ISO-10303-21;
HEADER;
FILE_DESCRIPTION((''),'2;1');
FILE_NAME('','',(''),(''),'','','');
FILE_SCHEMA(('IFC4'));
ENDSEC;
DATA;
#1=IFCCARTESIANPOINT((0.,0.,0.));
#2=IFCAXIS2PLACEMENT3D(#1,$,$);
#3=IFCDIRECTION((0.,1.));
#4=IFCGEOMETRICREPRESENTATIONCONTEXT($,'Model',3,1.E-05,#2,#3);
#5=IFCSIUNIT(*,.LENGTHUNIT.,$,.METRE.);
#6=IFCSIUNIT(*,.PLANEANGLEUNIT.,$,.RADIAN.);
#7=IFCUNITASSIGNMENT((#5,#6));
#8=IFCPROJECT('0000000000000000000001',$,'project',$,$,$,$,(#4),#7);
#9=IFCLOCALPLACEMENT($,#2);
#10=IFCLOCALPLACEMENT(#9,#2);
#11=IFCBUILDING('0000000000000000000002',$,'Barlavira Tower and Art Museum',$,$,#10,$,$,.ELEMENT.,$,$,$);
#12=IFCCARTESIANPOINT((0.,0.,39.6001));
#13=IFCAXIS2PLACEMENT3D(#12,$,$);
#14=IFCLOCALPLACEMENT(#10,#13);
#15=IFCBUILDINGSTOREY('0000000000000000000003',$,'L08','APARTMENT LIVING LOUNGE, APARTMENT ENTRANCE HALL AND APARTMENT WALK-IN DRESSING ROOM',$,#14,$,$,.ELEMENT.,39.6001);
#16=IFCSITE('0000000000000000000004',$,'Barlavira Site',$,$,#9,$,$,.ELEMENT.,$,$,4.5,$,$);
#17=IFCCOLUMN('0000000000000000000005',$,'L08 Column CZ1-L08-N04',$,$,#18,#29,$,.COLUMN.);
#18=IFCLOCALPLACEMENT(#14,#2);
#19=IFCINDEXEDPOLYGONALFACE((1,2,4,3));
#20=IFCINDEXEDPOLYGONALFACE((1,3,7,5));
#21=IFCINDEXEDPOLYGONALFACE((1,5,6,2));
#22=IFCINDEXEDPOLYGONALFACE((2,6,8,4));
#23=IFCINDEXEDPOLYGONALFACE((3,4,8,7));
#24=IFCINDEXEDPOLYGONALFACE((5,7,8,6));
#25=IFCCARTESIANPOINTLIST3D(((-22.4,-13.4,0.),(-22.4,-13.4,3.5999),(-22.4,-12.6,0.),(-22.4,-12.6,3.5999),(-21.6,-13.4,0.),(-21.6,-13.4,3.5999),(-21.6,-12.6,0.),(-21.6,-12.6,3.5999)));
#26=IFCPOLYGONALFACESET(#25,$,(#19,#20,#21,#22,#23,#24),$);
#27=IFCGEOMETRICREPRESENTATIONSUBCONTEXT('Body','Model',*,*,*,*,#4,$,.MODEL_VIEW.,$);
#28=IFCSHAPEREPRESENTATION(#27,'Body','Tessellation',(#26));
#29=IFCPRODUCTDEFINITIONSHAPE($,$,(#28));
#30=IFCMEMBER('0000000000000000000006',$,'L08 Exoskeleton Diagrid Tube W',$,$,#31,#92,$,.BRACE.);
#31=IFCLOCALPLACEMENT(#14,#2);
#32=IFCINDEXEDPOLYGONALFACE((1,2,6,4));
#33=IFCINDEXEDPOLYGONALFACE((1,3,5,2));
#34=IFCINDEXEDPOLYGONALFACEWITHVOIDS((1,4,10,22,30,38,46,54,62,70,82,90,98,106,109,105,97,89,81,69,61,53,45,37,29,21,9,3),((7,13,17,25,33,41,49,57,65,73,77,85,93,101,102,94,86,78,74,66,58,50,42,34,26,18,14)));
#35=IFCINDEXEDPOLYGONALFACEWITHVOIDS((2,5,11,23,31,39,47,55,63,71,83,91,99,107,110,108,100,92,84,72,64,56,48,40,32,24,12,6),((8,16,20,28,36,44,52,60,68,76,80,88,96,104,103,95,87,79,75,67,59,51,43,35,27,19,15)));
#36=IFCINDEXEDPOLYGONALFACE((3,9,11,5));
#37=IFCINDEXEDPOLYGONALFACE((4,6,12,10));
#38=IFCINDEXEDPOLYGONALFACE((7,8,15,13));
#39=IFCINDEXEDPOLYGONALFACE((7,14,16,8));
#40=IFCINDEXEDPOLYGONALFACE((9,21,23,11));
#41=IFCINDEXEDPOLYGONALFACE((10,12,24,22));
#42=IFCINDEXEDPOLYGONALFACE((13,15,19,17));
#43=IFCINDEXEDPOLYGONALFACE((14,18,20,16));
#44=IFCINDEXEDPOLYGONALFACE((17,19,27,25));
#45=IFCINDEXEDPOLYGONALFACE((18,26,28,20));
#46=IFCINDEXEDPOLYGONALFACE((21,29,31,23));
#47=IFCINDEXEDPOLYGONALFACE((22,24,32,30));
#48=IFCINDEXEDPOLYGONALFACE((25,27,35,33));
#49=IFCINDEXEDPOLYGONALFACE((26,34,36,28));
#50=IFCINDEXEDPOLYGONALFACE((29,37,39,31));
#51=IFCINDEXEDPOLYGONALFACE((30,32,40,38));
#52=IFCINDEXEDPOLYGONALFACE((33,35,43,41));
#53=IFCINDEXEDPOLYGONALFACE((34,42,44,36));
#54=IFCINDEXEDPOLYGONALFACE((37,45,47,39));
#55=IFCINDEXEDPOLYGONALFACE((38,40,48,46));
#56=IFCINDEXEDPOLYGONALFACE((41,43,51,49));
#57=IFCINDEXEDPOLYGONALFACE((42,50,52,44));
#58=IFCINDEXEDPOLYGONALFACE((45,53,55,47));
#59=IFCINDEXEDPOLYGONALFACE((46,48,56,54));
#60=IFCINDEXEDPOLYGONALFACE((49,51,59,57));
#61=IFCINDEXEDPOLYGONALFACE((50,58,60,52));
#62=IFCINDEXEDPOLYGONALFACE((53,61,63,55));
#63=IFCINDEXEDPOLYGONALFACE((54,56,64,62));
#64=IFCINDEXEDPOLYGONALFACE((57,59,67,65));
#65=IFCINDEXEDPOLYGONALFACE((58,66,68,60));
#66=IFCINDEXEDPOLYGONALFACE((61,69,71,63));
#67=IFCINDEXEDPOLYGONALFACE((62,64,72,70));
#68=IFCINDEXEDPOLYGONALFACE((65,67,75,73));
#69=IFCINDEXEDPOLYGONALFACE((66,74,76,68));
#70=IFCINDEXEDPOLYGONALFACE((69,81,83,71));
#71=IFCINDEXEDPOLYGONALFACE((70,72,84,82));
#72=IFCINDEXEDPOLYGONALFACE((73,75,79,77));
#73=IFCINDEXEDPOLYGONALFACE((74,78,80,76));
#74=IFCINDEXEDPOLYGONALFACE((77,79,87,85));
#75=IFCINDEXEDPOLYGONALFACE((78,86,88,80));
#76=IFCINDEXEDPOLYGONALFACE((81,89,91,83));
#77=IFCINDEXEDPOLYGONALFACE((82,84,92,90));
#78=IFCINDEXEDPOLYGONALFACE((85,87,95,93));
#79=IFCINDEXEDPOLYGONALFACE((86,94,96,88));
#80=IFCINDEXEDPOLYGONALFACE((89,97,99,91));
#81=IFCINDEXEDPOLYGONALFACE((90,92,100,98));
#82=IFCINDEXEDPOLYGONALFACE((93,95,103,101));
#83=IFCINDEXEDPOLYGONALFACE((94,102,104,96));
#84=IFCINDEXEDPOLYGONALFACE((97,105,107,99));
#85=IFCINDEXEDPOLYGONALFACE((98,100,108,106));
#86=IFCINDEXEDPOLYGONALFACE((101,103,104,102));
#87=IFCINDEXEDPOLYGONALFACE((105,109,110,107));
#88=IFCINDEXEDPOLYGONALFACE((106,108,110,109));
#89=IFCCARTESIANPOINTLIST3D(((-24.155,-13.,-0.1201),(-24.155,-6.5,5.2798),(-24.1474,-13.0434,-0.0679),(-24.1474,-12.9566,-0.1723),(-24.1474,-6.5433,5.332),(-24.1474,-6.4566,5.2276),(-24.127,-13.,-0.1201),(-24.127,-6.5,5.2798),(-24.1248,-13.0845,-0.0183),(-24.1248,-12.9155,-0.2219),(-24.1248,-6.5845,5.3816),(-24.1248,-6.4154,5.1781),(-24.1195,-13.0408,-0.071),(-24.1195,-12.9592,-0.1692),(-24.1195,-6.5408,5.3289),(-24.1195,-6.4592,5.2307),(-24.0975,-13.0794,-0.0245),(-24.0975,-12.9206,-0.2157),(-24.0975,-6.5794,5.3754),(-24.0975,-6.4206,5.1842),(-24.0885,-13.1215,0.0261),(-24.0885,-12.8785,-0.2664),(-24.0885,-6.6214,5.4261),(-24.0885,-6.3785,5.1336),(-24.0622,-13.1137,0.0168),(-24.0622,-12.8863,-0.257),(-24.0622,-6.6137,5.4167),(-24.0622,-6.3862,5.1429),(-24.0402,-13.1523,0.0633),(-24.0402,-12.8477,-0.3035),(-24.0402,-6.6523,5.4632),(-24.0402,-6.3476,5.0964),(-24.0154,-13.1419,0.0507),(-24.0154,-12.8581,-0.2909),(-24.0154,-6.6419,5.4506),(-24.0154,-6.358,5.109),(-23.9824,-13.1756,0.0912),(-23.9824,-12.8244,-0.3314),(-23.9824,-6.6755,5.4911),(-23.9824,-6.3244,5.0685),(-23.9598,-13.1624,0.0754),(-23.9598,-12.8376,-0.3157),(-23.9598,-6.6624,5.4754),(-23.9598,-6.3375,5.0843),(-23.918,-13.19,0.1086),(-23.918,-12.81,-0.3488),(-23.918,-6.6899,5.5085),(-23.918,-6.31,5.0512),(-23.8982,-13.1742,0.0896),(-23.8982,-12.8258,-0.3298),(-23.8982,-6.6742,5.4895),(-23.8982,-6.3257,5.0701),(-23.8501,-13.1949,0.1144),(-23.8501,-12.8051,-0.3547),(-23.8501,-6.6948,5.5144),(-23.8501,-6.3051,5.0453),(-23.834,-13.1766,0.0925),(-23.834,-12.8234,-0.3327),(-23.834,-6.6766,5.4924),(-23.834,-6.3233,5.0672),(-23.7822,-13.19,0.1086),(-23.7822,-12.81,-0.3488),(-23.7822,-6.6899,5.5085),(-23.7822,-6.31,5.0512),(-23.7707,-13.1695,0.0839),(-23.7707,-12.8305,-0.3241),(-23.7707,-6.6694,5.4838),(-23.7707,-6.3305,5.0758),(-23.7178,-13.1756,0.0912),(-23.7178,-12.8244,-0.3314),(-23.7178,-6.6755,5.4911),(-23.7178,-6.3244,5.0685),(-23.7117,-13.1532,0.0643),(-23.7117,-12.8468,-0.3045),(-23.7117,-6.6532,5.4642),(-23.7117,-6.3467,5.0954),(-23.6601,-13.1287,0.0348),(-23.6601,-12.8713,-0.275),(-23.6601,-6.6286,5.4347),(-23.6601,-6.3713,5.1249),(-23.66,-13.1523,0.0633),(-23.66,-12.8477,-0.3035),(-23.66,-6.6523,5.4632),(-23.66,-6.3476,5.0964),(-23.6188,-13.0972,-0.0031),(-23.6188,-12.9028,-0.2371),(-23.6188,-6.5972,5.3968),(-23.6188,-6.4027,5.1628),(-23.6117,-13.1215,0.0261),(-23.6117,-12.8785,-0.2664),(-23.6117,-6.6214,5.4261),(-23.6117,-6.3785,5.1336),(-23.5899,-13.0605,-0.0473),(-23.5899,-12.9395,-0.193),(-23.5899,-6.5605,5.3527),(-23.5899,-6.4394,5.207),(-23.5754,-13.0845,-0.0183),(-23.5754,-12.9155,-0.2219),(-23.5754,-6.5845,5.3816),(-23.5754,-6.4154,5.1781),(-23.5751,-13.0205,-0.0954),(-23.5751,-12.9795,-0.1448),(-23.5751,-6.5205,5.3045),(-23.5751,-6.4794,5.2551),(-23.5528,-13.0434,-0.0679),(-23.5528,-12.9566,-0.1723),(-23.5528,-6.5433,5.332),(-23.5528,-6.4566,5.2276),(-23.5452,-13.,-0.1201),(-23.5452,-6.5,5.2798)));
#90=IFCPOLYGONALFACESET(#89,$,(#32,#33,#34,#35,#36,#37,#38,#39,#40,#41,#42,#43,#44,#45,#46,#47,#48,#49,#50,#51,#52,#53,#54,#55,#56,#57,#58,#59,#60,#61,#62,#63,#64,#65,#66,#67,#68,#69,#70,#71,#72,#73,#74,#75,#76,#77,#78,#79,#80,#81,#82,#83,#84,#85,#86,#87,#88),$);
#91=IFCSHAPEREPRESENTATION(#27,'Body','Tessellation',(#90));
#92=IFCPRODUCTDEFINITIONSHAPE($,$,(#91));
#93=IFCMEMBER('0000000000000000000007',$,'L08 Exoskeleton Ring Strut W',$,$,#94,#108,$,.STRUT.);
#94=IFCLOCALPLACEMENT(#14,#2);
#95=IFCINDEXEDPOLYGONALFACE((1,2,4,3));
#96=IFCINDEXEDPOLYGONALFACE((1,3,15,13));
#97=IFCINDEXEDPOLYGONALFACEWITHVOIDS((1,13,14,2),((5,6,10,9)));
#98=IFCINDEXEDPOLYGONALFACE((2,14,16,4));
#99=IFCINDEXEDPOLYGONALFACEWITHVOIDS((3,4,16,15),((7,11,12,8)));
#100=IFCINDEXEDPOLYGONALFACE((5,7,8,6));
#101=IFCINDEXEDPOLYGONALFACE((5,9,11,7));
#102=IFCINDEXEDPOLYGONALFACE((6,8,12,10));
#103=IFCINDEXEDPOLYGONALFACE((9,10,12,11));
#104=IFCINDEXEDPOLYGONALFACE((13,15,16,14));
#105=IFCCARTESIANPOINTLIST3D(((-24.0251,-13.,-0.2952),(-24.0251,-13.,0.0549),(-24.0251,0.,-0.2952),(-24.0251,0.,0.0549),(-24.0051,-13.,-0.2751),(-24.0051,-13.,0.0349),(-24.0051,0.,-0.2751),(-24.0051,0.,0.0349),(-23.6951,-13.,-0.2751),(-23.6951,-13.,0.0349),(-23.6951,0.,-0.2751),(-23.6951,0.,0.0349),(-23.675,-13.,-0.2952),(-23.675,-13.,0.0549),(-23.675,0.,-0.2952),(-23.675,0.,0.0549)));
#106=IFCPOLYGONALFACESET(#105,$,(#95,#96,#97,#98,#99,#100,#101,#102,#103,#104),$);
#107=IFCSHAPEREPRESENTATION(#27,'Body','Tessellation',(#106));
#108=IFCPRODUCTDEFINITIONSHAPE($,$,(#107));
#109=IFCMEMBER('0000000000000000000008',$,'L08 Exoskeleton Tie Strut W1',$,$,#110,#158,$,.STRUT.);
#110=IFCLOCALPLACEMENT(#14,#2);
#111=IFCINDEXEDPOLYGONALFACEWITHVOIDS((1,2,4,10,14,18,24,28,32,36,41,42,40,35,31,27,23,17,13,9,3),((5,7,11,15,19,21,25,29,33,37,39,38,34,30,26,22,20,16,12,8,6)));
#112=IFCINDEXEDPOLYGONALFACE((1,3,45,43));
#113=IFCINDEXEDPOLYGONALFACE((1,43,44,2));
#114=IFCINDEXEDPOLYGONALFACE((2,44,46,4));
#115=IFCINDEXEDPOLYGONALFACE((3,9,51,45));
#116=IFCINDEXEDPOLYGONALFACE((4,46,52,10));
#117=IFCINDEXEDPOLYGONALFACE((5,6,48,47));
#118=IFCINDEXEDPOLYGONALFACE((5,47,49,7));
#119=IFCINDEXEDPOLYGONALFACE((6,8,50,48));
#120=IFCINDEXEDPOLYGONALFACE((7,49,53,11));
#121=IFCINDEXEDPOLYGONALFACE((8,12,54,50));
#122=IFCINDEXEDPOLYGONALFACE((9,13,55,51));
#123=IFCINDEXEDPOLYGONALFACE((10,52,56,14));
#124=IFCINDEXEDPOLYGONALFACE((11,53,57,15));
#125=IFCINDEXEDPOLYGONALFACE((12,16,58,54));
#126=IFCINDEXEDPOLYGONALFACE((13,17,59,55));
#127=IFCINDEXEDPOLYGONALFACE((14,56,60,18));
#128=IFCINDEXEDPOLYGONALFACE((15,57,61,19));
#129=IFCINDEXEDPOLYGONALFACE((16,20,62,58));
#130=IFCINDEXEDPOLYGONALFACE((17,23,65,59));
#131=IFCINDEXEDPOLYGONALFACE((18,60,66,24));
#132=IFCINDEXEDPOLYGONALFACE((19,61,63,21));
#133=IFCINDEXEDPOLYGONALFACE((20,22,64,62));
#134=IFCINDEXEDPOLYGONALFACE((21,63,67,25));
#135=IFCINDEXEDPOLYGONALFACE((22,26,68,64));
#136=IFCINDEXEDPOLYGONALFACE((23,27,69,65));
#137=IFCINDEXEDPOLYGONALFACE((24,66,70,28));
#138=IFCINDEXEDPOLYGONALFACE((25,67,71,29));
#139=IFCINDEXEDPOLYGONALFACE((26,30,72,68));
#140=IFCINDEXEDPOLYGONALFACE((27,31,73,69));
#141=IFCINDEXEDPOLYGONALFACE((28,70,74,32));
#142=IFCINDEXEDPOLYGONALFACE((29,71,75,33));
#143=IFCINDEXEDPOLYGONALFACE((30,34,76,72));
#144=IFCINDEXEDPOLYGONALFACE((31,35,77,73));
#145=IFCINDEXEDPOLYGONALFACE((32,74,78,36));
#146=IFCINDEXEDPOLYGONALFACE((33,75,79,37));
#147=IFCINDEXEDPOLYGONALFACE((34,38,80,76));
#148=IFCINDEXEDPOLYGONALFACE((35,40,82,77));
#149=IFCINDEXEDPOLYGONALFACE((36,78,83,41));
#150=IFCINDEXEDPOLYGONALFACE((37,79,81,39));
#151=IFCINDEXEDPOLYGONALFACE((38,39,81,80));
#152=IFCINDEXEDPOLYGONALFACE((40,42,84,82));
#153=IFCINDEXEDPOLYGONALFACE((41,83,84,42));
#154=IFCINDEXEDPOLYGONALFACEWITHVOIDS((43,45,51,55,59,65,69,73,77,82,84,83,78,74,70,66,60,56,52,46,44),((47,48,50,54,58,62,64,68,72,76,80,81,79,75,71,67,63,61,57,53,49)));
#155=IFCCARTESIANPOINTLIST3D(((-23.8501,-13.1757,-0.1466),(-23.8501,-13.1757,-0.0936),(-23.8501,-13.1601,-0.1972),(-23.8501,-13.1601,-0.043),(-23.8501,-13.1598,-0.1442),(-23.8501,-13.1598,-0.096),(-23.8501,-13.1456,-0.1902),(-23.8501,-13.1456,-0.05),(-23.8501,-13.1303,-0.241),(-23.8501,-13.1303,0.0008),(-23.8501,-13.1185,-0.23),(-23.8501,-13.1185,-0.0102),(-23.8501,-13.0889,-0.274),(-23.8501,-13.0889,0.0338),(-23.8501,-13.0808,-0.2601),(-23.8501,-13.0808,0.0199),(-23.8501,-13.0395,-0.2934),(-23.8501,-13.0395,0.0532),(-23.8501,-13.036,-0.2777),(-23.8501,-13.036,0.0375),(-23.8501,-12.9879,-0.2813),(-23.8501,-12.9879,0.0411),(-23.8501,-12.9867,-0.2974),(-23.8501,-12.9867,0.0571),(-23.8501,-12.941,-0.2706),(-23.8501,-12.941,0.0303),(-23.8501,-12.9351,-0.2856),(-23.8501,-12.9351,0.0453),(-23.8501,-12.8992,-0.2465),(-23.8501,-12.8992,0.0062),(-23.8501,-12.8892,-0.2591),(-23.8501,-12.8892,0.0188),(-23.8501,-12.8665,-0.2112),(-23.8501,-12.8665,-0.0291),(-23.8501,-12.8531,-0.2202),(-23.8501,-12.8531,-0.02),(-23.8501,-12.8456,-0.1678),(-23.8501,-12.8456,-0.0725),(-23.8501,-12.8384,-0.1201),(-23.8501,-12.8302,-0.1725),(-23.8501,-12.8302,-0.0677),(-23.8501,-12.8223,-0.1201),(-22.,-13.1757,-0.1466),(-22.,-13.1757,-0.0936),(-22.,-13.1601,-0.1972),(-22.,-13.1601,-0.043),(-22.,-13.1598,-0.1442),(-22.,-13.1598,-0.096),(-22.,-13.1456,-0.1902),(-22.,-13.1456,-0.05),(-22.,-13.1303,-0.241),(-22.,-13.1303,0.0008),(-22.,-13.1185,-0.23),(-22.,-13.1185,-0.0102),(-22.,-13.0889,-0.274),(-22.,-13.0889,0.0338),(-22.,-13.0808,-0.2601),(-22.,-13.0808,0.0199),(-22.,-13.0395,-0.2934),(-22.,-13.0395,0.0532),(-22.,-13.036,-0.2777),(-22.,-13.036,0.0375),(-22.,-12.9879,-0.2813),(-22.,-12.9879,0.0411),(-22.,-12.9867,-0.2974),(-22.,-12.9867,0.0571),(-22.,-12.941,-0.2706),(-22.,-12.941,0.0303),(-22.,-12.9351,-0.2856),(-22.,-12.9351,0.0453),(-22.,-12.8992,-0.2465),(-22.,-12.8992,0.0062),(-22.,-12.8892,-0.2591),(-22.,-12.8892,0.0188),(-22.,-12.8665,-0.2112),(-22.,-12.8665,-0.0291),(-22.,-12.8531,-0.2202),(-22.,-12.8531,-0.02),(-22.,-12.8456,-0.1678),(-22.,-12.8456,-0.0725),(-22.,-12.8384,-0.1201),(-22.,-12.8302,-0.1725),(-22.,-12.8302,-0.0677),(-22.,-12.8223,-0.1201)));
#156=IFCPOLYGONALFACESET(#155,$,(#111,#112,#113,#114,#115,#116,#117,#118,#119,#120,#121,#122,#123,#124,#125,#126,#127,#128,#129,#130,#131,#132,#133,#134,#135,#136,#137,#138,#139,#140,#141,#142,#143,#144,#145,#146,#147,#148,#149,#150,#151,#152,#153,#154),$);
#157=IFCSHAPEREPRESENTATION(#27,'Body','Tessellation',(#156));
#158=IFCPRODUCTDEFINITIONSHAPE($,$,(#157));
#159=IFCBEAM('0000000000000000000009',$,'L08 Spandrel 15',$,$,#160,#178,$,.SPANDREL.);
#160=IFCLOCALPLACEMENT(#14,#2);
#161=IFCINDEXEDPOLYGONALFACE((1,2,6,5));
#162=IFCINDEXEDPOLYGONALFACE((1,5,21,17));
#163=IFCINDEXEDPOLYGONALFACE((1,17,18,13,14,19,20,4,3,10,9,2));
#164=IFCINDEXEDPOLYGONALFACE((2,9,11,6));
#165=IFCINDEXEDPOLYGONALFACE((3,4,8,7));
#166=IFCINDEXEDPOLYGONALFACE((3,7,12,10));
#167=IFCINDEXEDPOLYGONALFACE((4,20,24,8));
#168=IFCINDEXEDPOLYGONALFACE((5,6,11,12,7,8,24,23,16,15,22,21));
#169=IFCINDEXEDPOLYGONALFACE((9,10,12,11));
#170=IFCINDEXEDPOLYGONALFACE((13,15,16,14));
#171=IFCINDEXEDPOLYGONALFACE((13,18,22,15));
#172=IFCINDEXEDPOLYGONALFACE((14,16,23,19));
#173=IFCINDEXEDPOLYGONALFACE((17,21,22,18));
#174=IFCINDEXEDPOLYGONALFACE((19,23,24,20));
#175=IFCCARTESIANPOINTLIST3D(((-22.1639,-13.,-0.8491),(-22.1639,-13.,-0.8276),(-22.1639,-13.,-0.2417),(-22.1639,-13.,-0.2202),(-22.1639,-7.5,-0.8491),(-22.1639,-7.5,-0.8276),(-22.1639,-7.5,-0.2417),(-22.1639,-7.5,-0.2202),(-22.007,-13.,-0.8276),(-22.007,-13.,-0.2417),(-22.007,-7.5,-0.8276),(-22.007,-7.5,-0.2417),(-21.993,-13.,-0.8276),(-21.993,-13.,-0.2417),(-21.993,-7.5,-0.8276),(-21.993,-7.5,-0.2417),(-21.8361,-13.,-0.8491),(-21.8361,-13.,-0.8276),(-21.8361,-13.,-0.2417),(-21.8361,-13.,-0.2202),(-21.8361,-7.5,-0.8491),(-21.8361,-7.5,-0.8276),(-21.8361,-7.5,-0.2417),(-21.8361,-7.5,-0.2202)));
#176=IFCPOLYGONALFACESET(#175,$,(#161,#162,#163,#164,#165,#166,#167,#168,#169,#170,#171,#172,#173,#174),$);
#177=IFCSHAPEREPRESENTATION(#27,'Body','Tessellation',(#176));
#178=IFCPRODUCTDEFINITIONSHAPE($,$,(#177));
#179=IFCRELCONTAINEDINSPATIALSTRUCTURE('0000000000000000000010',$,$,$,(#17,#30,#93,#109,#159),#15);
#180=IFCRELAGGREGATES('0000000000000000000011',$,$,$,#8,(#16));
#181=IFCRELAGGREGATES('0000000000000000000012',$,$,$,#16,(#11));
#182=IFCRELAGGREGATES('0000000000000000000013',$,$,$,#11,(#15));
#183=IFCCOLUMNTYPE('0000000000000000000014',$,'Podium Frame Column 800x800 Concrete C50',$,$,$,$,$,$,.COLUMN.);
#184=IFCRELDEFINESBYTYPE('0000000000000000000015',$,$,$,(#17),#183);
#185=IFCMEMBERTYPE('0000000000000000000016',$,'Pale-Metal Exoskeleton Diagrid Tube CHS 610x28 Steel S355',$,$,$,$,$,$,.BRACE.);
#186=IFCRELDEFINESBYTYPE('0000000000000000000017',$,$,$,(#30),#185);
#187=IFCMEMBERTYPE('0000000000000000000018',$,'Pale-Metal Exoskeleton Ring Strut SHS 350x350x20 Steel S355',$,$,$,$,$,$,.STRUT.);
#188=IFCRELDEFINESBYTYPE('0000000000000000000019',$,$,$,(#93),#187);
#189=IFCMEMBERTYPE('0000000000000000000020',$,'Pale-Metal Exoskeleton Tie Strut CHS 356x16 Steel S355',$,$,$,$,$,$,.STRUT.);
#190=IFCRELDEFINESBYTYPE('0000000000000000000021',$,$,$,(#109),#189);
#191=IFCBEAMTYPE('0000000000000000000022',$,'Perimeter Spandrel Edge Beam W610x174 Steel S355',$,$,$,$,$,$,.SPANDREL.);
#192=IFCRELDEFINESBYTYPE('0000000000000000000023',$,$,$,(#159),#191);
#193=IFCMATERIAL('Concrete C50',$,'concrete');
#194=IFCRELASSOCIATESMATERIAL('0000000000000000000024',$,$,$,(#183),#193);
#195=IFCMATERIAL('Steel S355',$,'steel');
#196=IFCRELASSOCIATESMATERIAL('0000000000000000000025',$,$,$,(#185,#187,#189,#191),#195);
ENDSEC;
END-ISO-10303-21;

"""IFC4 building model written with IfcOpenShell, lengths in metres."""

from ifc_helpers import new_model, si_unit, direction, frame, origin, origin_2d, place, context, subcontext, project, spatial, rectangle, hollow_rectangle, hollow_circle, i_section, extrude, material, material_profile, profile_set, type_object, element, save


model = new_model("IFC4")

# Units and contexts
model_context = context("Model", 3, precision=1e-05, world=origin(), true_north=direction((0.0, 1.0)))
body_context = subcontext(model_context, "Body", "Model", "MODEL_VIEW")
ifc_project = project(units=[si_unit("LENGTHUNIT", "METRE"), si_unit("PLANEANGLEUNIT", "RADIAN")], contexts=[model_context])

# Site, building, storey
site_placement = place(None, origin())
site = spatial("IfcSite", under=ifc_project, at=site_placement, Name="Barlavira Site", CompositionType="ELEMENT", RefElevation=4.5)
building_placement = place(site_placement, origin())
building = spatial("IfcBuilding", under=site, at=building_placement, Name="Barlavira Tower and Art Museum", CompositionType="ELEMENT")
storey_placement = place(building_placement, frame((0.0, 0.0, 39.6001)))
storey = spatial("IfcBuildingStorey", under=building, at=storey_placement, Name="L08", Description="APARTMENT LIVING LOUNGE, APARTMENT ENTRANCE HALL AND APARTMENT WALK-IN DRESSING ROOM", CompositionType="ELEMENT", Elevation=39.6001)

# Column
ifc_material_1 = material(Name="Concrete C50", Category="concrete")
ifc_material_profile_1 = material_profile(ifc_material_1, rectangle(XDim=0.8, YDim=0.8, at=origin_2d()), Name="RC-COL 800x800")
ifc_profile_set_1 = profile_set([ifc_material_profile_1], Name="Concrete C50")
column_type = type_object("IfcColumnType", Name="Podium Frame Column 800x800 Concrete C50", PredefinedType="COLUMN", material=ifc_profile_set_1)
column_placement = place(storey_placement, frame((-22.0, -13.0, 0.0), z_axis=(0.0, 0.0, 1.0), x_axis=(1.0, 0.0, 0.0)))
element("IfcColumn", 1, at=column_placement, inside=storey, type_object=column_type, Name="L08 Column CZ1-L08-N04", PredefinedType="COLUMN", context=body_context, shape_type="SweptSolid", body=[
    extrude(rectangle(XDim=0.8, YDim=0.8, at=origin_2d()), origin(), (0.0, 0.0, 1.0), 3.5999),
])

# Members
ifc_material_2 = material(Name="Steel S355", Category="steel")
ifc_material_profile_2 = material_profile(ifc_material_2, hollow_circle(Radius=0.3049, WallThickness=0.0281, at=origin_2d()), Name="CHS 610.0x28.0")
ifc_profile_set_2 = profile_set([ifc_material_profile_2], Name="Steel S355")
member_type_1 = type_object("IfcMemberType", Name="Pale-Metal Exoskeleton Diagrid Tube CHS 610x28 Steel S355", PredefinedType="BRACE", material=ifc_profile_set_2)
member_1_placement = place(storey_placement, frame((-23.8501, -13.0, -0.1201), z_axis=(0.0, 0.769196, 0.639013), x_axis=(-1.0, 0.0, 0.0)))
element("IfcMember", 2, at=member_1_placement, inside=storey, type_object=member_type_1, Name="L08 Exoskeleton Diagrid Tube W", PredefinedType="BRACE", context=body_context, shape_type="SweptSolid", body=[
    extrude(hollow_circle(Radius=0.3049, WallThickness=0.0281, at=origin_2d()), origin(), (0.0, 0.0, 1.0), 8.4504),
])
ifc_material_profile_3 = material_profile(ifc_material_2, hollow_rectangle(XDim=0.3501, YDim=0.3501, WallThickness=0.02, at=origin_2d()), Name="SHS 350x350x20.0")
ifc_profile_set_3 = profile_set([ifc_material_profile_3], Name="Steel S355")
member_type_2 = type_object("IfcMemberType", Name="Pale-Metal Exoskeleton Ring Strut SHS 350x350x20 Steel S355", PredefinedType="STRUT", material=ifc_profile_set_3)
member_2_placement = place(storey_placement, frame((-23.8501, -13.0, -0.1201), z_axis=(0.0, 1.0, 0.0), x_axis=(-1.0, 0.0, 0.0)))
element("IfcMember", 3, at=member_2_placement, inside=storey, type_object=member_type_2, Name="L08 Exoskeleton Ring Strut W", PredefinedType="STRUT", context=body_context, shape_type="SweptSolid", body=[
    extrude(hollow_rectangle(XDim=0.3501, YDim=0.3501, WallThickness=0.02, at=origin_2d()), origin(), (0.0, 0.0, 1.0), 13.0),
])
ifc_material_profile_4 = material_profile(ifc_material_2, hollow_circle(Radius=0.1777, WallThickness=0.0161, at=origin_2d()), Name="CHS 355.6x16.0")
ifc_profile_set_4 = profile_set([ifc_material_profile_4], Name="Steel S355")
member_type_3 = type_object("IfcMemberType", Name="Pale-Metal Exoskeleton Tie Strut CHS 356x16 Steel S355", PredefinedType="STRUT", material=ifc_profile_set_4)
member_3_placement = place(storey_placement, frame((-23.8501, -13.0, -0.1201), z_axis=(1.0, 0.0, 0.0), x_axis=(0.0, 1.0, 0.0)))
element("IfcMember", 4, at=member_3_placement, inside=storey, type_object=member_type_3, Name="L08 Exoskeleton Tie Strut W1", PredefinedType="STRUT", context=body_context, shape_type="SweptSolid", body=[
    extrude(hollow_circle(Radius=0.1777, WallThickness=0.0161, at=origin_2d()), origin(), (0.0, 0.0, 1.0), 1.8501),
])

# Beam
ifc_material_profile_5 = material_profile(ifc_material_2, i_section(OverallWidth=0.3279, OverallDepth=0.6289, WebThickness=0.0139, FlangeThickness=0.0215, at=origin_2d()), Name="W610x174.0")
ifc_profile_set_5 = profile_set([ifc_material_profile_5], Name="Steel S355")
beam_type = type_object("IfcBeamType", Name="Perimeter Spandrel Edge Beam W610x174 Steel S355", PredefinedType="SPANDREL", material=ifc_profile_set_5)
beam_1_placement = place(storey_placement, frame((-22.0, -13.0, -0.5347), z_axis=(0.0, 1.0, 0.0), x_axis=(-1.0, 0.0, 0.0)))
element("IfcBeam", 5, at=beam_1_placement, inside=storey, type_object=beam_type, Name="L08 Spandrel 15", PredefinedType="SPANDREL", context=body_context, shape_type="SweptSolid", body=[
    extrude(i_section(OverallWidth=0.3279, OverallDepth=0.6289, WebThickness=0.0139, FlangeThickness=0.0215, at=origin_2d()), origin(), (0.0, 0.0, 1.0), 5.5),
])

save(model, "model.ifc")
